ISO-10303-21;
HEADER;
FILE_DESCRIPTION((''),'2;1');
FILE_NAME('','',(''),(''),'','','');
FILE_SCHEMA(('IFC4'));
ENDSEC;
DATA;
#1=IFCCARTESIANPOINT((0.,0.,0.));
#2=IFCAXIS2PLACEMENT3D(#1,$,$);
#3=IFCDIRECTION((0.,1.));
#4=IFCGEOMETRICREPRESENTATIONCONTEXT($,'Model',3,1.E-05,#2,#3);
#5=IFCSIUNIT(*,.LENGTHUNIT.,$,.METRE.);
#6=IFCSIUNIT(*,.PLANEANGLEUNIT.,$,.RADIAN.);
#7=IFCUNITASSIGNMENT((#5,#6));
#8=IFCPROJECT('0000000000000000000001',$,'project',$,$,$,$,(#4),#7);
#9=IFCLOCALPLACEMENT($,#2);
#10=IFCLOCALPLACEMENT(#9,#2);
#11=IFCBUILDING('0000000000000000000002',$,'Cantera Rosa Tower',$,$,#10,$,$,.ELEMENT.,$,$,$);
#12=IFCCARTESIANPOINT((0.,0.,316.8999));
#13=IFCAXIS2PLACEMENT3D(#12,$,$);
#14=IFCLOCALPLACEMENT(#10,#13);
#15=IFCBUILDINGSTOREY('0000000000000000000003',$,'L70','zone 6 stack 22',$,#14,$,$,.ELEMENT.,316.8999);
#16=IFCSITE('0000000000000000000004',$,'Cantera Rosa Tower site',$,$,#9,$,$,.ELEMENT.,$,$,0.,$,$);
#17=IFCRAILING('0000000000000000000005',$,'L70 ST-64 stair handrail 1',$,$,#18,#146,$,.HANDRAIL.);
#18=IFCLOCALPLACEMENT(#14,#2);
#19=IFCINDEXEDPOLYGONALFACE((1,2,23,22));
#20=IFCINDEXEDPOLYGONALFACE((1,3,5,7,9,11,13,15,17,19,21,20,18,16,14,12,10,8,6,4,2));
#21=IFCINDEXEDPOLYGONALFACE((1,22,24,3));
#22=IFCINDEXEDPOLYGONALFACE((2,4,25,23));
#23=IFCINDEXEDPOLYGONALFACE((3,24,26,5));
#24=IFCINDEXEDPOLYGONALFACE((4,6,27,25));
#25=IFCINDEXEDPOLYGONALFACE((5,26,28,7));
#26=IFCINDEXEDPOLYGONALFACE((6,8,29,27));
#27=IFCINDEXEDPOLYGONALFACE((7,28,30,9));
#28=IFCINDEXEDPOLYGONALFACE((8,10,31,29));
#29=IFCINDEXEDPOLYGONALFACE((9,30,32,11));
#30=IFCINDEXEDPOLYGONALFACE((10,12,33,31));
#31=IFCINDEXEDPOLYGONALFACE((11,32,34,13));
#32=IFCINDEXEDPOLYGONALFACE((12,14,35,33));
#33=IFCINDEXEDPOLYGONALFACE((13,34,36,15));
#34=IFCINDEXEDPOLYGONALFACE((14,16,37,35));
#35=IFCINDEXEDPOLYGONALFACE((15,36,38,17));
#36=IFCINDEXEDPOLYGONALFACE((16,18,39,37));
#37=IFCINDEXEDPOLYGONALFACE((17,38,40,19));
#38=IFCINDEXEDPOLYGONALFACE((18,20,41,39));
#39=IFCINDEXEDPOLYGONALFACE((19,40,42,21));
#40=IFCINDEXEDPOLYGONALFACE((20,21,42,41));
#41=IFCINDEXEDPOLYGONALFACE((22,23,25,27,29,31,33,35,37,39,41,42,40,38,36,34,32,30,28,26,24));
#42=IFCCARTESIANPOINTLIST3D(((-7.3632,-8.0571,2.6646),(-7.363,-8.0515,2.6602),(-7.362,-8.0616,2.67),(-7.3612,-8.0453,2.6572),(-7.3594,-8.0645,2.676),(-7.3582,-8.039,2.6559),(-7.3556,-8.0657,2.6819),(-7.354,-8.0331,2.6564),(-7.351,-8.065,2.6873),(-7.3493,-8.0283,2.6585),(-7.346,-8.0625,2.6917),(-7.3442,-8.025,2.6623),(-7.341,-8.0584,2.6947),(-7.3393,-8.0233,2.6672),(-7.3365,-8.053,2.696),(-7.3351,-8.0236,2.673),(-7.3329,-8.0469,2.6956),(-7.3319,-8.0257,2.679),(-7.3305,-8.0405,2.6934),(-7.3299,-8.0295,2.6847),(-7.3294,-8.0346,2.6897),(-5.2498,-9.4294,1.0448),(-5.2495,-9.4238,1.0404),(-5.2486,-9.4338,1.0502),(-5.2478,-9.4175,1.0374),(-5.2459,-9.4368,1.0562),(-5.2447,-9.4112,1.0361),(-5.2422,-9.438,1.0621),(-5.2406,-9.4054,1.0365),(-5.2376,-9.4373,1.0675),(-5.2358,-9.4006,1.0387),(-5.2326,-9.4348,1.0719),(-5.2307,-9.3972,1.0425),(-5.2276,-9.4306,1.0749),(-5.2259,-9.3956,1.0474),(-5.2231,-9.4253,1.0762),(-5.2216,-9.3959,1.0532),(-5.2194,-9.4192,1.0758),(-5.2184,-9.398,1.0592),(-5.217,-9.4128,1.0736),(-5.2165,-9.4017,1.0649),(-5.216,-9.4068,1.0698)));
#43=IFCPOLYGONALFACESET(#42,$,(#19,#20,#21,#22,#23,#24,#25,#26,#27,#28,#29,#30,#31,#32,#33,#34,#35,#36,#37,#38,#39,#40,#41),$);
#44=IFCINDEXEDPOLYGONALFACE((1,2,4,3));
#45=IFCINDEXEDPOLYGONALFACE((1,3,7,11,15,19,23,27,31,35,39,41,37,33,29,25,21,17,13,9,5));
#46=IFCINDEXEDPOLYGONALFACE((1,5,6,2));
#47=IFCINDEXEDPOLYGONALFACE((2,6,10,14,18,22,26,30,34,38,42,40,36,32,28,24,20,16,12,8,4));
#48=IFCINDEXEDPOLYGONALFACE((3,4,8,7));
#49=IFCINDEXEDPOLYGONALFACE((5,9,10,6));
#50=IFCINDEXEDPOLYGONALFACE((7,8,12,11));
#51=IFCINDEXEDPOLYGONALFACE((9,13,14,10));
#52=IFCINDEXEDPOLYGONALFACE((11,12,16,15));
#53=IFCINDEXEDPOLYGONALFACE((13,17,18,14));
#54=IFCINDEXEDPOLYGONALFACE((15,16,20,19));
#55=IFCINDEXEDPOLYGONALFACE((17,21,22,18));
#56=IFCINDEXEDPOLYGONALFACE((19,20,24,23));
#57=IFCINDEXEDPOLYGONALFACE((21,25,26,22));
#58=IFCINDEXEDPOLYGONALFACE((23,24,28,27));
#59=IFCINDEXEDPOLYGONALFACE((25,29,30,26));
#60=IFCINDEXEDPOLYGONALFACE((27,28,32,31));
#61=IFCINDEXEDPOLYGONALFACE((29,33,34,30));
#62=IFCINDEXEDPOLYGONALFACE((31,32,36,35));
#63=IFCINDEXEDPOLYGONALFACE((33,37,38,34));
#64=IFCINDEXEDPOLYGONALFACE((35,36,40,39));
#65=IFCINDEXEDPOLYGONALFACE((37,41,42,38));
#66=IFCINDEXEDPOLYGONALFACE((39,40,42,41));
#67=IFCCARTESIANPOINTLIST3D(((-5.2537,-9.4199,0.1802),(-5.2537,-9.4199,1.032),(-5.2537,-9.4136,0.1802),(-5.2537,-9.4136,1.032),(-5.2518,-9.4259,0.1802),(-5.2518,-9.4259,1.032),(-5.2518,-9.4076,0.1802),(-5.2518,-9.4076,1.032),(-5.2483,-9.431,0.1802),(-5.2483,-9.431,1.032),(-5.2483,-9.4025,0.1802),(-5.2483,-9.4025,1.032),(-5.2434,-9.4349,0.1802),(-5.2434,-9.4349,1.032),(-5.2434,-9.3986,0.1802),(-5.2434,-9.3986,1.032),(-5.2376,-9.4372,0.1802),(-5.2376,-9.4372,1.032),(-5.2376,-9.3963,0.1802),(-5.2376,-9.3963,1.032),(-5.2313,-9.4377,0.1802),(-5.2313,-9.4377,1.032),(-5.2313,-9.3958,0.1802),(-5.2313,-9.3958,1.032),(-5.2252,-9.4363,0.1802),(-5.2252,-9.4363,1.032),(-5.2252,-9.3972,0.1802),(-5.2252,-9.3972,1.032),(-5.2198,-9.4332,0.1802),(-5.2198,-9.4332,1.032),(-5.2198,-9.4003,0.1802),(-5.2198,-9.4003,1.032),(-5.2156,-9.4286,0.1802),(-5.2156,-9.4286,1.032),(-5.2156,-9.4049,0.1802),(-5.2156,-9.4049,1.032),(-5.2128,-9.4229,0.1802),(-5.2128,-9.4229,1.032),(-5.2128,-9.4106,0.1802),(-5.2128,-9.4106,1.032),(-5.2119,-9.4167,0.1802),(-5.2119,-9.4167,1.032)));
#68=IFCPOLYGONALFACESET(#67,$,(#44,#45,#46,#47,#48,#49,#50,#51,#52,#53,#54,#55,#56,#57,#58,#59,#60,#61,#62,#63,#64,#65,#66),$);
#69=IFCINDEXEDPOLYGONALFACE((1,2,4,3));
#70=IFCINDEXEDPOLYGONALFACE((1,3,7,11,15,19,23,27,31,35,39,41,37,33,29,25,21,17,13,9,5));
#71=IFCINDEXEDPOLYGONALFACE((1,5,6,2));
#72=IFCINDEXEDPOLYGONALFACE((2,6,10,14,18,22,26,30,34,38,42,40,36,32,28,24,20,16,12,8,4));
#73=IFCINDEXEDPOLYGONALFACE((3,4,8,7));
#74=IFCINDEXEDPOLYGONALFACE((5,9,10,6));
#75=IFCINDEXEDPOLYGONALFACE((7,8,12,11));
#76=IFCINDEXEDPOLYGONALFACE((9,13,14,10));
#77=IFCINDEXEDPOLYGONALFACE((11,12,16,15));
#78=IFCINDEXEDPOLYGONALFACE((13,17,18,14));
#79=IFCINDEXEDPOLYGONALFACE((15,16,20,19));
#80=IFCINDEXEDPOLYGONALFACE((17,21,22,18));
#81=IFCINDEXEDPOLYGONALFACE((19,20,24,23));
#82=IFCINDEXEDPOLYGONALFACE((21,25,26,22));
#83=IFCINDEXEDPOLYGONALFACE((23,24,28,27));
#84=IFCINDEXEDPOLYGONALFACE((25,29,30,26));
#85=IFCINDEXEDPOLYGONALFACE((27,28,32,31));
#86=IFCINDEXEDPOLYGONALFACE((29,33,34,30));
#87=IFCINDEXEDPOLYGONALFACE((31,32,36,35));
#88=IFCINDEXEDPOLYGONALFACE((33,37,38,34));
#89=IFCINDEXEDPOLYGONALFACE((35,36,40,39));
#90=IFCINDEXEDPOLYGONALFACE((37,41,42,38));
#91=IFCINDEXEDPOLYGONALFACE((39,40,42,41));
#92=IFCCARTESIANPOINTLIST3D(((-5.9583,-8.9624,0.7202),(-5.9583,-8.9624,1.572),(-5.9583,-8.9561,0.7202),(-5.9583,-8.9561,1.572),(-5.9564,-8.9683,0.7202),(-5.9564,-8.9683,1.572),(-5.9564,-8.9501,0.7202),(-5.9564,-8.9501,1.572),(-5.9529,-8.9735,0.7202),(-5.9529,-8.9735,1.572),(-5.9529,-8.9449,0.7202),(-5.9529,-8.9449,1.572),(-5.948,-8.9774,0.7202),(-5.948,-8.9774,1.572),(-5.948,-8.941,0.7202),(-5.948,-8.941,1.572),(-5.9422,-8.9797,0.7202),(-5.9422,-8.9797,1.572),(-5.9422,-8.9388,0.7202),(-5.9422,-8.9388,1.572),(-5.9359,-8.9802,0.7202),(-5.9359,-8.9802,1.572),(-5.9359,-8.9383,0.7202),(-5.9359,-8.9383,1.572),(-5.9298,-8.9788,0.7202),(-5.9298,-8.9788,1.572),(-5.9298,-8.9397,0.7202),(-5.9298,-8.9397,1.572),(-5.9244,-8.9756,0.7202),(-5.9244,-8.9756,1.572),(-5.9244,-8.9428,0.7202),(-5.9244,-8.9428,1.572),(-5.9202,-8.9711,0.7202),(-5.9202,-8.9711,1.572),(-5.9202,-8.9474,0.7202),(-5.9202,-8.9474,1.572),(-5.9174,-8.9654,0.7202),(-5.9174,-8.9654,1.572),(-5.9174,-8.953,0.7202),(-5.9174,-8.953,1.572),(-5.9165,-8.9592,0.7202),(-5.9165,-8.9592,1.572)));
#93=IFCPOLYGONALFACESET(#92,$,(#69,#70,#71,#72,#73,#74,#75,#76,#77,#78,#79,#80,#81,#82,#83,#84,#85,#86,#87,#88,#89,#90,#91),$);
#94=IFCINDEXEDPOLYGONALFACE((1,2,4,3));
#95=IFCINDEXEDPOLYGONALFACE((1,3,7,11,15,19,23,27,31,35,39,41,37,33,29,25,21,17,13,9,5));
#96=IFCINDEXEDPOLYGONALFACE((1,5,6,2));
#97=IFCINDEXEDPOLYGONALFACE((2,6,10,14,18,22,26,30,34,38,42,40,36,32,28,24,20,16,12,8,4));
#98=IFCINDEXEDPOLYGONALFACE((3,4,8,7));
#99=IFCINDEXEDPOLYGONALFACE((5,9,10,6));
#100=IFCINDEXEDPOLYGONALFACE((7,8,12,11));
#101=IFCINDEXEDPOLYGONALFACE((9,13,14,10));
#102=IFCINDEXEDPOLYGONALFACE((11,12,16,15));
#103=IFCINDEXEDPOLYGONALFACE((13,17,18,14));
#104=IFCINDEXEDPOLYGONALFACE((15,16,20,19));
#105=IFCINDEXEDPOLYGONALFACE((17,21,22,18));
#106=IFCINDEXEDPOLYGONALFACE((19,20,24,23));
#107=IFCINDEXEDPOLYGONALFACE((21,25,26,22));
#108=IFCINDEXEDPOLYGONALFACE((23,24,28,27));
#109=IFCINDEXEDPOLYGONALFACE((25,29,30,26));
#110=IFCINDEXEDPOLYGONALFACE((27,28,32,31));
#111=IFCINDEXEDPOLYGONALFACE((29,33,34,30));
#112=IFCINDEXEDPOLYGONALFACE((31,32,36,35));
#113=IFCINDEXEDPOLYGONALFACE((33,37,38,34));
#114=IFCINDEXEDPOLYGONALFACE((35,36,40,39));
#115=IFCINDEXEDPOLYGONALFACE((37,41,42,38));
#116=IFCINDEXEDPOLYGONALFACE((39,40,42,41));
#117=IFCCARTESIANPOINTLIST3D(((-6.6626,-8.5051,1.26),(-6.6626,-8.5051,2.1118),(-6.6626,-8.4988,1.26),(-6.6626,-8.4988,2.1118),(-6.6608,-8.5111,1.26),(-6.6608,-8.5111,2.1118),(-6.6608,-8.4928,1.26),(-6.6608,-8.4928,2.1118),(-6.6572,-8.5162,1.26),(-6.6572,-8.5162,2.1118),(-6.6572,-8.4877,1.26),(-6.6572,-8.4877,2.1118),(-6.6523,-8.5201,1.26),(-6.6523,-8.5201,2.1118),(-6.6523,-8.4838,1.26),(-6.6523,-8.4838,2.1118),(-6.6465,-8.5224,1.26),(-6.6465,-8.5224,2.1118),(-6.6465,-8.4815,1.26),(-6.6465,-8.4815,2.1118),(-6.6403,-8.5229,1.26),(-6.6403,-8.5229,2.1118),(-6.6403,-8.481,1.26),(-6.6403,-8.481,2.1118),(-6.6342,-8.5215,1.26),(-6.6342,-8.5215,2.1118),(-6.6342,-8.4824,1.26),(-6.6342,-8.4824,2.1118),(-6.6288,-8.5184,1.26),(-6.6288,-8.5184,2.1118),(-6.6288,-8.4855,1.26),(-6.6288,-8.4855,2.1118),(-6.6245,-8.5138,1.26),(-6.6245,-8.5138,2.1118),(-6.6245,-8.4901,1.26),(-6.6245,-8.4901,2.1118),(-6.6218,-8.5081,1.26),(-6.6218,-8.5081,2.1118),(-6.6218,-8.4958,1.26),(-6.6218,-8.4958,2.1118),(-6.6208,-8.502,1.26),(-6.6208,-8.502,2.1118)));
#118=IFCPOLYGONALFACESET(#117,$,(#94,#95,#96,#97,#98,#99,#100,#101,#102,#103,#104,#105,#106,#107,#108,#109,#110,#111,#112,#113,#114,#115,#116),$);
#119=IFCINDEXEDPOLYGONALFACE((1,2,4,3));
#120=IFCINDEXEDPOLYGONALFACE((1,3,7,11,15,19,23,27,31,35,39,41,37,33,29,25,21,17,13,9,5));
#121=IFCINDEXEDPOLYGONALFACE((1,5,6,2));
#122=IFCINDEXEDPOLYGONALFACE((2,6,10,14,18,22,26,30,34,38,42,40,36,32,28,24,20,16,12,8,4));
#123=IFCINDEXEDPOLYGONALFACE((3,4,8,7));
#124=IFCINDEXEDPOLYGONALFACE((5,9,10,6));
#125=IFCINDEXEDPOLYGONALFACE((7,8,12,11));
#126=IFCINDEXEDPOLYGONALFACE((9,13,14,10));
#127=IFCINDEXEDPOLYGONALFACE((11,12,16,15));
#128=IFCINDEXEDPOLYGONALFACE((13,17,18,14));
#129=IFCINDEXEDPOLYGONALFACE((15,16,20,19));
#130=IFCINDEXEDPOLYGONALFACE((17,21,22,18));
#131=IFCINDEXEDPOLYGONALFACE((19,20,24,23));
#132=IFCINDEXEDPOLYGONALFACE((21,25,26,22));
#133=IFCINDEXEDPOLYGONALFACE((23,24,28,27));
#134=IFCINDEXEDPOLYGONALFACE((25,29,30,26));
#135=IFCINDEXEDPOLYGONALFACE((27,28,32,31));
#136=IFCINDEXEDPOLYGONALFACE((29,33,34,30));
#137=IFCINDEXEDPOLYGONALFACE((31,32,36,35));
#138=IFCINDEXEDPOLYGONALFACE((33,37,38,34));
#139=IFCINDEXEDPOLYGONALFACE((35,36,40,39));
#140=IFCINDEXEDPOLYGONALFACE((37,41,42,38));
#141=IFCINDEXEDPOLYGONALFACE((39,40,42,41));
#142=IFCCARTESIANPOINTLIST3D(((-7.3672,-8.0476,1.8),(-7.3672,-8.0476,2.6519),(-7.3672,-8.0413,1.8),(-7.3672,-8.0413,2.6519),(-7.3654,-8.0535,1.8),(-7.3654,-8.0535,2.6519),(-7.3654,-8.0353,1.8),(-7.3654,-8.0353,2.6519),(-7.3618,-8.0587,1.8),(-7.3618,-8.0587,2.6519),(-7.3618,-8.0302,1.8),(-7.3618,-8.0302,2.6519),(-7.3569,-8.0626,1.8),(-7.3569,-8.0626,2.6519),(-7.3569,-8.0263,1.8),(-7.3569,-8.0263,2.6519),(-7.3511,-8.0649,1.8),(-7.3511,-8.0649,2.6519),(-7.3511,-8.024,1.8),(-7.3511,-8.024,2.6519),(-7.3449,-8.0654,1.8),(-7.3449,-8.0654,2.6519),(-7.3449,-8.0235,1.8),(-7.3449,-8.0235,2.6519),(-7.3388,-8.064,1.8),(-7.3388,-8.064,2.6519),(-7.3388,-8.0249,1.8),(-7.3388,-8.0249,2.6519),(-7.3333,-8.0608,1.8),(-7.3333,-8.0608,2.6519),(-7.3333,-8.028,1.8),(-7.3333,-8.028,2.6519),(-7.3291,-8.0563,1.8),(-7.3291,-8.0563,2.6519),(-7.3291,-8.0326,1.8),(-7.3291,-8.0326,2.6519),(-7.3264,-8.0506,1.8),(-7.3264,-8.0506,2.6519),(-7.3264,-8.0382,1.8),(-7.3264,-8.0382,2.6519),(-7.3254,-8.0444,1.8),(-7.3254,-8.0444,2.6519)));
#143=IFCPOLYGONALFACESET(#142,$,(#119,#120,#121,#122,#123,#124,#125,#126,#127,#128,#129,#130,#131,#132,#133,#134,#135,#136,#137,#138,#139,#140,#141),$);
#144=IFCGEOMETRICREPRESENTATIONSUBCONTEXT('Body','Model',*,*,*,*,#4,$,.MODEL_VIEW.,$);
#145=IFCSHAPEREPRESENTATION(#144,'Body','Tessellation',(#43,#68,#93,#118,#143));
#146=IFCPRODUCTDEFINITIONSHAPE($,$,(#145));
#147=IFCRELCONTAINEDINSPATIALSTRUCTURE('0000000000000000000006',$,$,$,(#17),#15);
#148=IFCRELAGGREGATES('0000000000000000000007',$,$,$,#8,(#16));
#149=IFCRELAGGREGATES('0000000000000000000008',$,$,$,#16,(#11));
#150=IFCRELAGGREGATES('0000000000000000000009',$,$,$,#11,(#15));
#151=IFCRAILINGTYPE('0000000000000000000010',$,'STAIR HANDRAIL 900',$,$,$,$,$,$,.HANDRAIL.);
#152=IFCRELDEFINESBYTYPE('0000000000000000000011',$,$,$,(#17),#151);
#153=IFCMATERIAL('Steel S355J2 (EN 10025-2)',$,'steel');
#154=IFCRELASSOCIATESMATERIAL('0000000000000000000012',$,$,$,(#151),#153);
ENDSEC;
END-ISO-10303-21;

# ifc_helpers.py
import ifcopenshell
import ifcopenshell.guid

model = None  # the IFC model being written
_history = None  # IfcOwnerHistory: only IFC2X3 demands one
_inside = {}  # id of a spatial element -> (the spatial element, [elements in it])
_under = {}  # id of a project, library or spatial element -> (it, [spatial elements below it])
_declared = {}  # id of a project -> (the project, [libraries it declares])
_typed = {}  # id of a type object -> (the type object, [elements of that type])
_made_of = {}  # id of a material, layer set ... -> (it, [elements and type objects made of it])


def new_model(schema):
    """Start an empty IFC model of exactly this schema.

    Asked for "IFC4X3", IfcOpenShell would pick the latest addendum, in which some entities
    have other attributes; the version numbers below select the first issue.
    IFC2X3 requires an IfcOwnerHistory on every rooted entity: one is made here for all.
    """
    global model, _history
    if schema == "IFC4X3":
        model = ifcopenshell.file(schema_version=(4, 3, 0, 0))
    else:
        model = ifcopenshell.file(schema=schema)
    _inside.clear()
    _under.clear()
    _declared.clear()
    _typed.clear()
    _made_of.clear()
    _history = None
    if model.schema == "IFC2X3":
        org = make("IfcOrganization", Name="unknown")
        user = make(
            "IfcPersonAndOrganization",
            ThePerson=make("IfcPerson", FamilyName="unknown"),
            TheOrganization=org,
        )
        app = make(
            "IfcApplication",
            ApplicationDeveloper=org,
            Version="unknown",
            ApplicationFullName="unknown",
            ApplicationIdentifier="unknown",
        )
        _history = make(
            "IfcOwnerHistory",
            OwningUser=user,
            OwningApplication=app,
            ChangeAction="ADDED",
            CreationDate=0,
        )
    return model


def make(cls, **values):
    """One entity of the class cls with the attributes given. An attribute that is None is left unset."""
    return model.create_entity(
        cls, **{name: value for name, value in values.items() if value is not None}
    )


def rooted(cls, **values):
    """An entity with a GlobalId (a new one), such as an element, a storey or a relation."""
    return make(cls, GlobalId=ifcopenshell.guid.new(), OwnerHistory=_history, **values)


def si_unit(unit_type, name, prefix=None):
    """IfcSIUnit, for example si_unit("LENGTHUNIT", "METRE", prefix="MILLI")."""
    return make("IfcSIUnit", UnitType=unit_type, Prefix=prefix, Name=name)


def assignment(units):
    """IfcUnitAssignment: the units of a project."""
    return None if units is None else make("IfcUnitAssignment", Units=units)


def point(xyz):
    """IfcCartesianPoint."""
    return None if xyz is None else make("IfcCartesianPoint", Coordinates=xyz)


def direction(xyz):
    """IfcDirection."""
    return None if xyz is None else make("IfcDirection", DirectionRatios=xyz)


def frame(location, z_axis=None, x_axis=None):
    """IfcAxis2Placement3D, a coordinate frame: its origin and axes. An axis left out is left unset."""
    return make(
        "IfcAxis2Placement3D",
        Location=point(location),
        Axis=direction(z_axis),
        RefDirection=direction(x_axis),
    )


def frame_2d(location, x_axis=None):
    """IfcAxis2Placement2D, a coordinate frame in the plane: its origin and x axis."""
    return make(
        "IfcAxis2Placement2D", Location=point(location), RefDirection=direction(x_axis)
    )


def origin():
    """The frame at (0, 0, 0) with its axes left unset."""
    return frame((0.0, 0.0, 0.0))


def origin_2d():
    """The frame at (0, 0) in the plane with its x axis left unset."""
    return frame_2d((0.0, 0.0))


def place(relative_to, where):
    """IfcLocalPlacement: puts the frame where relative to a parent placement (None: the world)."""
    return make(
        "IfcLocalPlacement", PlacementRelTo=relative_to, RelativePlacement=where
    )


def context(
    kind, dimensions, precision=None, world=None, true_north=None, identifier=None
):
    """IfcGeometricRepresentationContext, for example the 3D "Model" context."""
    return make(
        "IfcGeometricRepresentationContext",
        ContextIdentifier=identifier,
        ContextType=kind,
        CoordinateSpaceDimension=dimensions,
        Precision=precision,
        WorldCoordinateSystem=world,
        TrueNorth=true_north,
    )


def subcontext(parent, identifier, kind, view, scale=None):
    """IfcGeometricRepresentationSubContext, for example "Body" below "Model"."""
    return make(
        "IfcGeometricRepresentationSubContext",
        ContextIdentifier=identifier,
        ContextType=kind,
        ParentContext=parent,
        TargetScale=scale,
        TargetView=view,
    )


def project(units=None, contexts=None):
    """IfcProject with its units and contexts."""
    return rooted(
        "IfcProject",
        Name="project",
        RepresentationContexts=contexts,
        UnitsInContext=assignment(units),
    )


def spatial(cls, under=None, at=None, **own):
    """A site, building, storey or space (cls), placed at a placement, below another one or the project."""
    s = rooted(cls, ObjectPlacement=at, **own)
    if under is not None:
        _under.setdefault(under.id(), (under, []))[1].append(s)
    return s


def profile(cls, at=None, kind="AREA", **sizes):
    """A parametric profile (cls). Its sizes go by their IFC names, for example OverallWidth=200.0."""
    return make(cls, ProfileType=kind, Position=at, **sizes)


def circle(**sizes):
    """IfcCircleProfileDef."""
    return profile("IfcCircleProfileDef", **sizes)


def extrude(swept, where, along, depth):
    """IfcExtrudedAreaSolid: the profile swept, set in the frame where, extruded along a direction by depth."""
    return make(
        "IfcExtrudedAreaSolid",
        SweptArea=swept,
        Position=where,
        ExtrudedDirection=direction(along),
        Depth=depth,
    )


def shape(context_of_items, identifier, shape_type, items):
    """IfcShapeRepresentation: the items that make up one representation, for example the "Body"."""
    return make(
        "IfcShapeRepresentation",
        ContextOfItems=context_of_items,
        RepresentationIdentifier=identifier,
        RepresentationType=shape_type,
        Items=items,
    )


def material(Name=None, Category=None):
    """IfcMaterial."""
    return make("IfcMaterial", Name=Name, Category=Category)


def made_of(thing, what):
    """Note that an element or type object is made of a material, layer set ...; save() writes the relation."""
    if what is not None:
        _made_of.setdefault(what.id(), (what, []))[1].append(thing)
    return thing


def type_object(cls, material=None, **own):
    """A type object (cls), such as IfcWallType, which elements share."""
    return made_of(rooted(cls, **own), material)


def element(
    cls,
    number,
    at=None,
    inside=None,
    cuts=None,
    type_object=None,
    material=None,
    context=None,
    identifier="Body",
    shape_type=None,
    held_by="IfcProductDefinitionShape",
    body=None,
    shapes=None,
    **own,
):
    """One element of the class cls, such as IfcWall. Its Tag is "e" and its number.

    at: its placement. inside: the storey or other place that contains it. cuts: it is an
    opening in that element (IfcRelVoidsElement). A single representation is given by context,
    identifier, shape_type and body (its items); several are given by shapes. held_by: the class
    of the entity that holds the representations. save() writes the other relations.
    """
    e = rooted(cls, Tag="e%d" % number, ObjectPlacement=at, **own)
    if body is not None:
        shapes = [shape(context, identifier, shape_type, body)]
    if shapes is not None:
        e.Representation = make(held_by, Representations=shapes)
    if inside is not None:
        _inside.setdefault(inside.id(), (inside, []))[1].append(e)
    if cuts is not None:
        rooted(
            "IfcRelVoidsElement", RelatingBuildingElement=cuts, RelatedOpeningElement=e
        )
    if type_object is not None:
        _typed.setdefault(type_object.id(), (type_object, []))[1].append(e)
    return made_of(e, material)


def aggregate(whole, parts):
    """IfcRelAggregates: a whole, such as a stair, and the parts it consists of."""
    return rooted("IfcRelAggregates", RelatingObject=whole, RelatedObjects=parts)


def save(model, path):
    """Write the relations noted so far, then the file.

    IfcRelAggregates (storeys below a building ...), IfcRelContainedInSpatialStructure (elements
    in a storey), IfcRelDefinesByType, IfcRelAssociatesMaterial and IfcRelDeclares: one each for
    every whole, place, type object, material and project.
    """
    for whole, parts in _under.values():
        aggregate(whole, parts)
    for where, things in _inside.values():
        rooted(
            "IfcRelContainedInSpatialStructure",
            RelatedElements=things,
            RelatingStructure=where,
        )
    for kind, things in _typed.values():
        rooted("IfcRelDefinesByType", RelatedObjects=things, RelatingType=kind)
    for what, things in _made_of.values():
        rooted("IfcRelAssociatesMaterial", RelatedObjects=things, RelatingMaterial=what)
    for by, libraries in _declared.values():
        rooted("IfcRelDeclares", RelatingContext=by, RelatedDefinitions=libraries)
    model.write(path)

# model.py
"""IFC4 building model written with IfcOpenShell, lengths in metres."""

from ifc_helpers import new_model, si_unit, direction, frame, origin, origin_2d, place, context, subcontext, project, spatial, circle, extrude, material, type_object, element, save


model = new_model("IFC4")

# Units and contexts
model_context = context("Model", 3, precision=1e-05, world=origin(), true_north=direction((0.0, 1.0)))
body_context = subcontext(model_context, "Body", "Model", "MODEL_VIEW")
ifc_project = project(units=[si_unit("LENGTHUNIT", "METRE"), si_unit("PLANEANGLEUNIT", "RADIAN")], contexts=[model_context])

# Site, building, storey
site_placement = place(None, origin())
site = spatial("IfcSite", under=ifc_project, at=site_placement, Name="Cantera Rosa Tower site", CompositionType="ELEMENT", RefElevation=0.0)
building_placement = place(site_placement, origin())
building = spatial("IfcBuilding", under=site, at=building_placement, Name="Cantera Rosa Tower", CompositionType="ELEMENT")
storey_placement = place(building_placement, frame((0.0, 0.0, 316.8999)))
storey = spatial("IfcBuildingStorey", under=building, at=storey_placement, Name="L70", Description="zone 6 stack 22", CompositionType="ELEMENT", Elevation=316.8999)

# Railing
ifc_material_1 = material(Name="Steel S355J2 (EN 10025-2)", Category="steel")
railing_type_1 = type_object("IfcRailingType", Name="STAIR HANDRAIL 900", PredefinedType="HANDRAIL", material=ifc_material_1)
railing_1_placement = place(storey_placement, frame((-5.2329, -9.4167, 0.1802)))
element("IfcRailing", 1, at=railing_1_placement, inside=storey, type_object=railing_type_1, Name="L70 ST-64 stair handrail 1", PredefinedType="HANDRAIL", context=body_context, shape_type="SweptSolid", body=[
    extrude(circle(Radius=0.0239, at=origin_2d()), frame((0.0, 0.0, 0.876), z_axis=(-0.705519, 0.458095, 0.540733), x_axis=(-0.544576, -0.838711, 0.0)), (0.0, 0.0, 1.0), 2.9956),
    extrude(circle(Radius=0.021, at=origin_2d()), origin(), (0.0, 0.0, 1.0), 0.8518),
    extrude(circle(Radius=0.021, at=origin_2d()), frame((-0.7046, 0.4575, 0.54)), (0.0, 0.0, 1.0), 0.8518),
    extrude(circle(Radius=0.021, at=origin_2d()), frame((-1.4089, 0.9148, 1.0798)), (0.0, 0.0, 1.0), 0.8518),
    extrude(circle(Radius=0.021, at=origin_2d()), frame((-2.1135, 1.3723, 1.6199)), (0.0, 0.0, 1.0), 0.8518),
])

save(model, "model.ifc")
